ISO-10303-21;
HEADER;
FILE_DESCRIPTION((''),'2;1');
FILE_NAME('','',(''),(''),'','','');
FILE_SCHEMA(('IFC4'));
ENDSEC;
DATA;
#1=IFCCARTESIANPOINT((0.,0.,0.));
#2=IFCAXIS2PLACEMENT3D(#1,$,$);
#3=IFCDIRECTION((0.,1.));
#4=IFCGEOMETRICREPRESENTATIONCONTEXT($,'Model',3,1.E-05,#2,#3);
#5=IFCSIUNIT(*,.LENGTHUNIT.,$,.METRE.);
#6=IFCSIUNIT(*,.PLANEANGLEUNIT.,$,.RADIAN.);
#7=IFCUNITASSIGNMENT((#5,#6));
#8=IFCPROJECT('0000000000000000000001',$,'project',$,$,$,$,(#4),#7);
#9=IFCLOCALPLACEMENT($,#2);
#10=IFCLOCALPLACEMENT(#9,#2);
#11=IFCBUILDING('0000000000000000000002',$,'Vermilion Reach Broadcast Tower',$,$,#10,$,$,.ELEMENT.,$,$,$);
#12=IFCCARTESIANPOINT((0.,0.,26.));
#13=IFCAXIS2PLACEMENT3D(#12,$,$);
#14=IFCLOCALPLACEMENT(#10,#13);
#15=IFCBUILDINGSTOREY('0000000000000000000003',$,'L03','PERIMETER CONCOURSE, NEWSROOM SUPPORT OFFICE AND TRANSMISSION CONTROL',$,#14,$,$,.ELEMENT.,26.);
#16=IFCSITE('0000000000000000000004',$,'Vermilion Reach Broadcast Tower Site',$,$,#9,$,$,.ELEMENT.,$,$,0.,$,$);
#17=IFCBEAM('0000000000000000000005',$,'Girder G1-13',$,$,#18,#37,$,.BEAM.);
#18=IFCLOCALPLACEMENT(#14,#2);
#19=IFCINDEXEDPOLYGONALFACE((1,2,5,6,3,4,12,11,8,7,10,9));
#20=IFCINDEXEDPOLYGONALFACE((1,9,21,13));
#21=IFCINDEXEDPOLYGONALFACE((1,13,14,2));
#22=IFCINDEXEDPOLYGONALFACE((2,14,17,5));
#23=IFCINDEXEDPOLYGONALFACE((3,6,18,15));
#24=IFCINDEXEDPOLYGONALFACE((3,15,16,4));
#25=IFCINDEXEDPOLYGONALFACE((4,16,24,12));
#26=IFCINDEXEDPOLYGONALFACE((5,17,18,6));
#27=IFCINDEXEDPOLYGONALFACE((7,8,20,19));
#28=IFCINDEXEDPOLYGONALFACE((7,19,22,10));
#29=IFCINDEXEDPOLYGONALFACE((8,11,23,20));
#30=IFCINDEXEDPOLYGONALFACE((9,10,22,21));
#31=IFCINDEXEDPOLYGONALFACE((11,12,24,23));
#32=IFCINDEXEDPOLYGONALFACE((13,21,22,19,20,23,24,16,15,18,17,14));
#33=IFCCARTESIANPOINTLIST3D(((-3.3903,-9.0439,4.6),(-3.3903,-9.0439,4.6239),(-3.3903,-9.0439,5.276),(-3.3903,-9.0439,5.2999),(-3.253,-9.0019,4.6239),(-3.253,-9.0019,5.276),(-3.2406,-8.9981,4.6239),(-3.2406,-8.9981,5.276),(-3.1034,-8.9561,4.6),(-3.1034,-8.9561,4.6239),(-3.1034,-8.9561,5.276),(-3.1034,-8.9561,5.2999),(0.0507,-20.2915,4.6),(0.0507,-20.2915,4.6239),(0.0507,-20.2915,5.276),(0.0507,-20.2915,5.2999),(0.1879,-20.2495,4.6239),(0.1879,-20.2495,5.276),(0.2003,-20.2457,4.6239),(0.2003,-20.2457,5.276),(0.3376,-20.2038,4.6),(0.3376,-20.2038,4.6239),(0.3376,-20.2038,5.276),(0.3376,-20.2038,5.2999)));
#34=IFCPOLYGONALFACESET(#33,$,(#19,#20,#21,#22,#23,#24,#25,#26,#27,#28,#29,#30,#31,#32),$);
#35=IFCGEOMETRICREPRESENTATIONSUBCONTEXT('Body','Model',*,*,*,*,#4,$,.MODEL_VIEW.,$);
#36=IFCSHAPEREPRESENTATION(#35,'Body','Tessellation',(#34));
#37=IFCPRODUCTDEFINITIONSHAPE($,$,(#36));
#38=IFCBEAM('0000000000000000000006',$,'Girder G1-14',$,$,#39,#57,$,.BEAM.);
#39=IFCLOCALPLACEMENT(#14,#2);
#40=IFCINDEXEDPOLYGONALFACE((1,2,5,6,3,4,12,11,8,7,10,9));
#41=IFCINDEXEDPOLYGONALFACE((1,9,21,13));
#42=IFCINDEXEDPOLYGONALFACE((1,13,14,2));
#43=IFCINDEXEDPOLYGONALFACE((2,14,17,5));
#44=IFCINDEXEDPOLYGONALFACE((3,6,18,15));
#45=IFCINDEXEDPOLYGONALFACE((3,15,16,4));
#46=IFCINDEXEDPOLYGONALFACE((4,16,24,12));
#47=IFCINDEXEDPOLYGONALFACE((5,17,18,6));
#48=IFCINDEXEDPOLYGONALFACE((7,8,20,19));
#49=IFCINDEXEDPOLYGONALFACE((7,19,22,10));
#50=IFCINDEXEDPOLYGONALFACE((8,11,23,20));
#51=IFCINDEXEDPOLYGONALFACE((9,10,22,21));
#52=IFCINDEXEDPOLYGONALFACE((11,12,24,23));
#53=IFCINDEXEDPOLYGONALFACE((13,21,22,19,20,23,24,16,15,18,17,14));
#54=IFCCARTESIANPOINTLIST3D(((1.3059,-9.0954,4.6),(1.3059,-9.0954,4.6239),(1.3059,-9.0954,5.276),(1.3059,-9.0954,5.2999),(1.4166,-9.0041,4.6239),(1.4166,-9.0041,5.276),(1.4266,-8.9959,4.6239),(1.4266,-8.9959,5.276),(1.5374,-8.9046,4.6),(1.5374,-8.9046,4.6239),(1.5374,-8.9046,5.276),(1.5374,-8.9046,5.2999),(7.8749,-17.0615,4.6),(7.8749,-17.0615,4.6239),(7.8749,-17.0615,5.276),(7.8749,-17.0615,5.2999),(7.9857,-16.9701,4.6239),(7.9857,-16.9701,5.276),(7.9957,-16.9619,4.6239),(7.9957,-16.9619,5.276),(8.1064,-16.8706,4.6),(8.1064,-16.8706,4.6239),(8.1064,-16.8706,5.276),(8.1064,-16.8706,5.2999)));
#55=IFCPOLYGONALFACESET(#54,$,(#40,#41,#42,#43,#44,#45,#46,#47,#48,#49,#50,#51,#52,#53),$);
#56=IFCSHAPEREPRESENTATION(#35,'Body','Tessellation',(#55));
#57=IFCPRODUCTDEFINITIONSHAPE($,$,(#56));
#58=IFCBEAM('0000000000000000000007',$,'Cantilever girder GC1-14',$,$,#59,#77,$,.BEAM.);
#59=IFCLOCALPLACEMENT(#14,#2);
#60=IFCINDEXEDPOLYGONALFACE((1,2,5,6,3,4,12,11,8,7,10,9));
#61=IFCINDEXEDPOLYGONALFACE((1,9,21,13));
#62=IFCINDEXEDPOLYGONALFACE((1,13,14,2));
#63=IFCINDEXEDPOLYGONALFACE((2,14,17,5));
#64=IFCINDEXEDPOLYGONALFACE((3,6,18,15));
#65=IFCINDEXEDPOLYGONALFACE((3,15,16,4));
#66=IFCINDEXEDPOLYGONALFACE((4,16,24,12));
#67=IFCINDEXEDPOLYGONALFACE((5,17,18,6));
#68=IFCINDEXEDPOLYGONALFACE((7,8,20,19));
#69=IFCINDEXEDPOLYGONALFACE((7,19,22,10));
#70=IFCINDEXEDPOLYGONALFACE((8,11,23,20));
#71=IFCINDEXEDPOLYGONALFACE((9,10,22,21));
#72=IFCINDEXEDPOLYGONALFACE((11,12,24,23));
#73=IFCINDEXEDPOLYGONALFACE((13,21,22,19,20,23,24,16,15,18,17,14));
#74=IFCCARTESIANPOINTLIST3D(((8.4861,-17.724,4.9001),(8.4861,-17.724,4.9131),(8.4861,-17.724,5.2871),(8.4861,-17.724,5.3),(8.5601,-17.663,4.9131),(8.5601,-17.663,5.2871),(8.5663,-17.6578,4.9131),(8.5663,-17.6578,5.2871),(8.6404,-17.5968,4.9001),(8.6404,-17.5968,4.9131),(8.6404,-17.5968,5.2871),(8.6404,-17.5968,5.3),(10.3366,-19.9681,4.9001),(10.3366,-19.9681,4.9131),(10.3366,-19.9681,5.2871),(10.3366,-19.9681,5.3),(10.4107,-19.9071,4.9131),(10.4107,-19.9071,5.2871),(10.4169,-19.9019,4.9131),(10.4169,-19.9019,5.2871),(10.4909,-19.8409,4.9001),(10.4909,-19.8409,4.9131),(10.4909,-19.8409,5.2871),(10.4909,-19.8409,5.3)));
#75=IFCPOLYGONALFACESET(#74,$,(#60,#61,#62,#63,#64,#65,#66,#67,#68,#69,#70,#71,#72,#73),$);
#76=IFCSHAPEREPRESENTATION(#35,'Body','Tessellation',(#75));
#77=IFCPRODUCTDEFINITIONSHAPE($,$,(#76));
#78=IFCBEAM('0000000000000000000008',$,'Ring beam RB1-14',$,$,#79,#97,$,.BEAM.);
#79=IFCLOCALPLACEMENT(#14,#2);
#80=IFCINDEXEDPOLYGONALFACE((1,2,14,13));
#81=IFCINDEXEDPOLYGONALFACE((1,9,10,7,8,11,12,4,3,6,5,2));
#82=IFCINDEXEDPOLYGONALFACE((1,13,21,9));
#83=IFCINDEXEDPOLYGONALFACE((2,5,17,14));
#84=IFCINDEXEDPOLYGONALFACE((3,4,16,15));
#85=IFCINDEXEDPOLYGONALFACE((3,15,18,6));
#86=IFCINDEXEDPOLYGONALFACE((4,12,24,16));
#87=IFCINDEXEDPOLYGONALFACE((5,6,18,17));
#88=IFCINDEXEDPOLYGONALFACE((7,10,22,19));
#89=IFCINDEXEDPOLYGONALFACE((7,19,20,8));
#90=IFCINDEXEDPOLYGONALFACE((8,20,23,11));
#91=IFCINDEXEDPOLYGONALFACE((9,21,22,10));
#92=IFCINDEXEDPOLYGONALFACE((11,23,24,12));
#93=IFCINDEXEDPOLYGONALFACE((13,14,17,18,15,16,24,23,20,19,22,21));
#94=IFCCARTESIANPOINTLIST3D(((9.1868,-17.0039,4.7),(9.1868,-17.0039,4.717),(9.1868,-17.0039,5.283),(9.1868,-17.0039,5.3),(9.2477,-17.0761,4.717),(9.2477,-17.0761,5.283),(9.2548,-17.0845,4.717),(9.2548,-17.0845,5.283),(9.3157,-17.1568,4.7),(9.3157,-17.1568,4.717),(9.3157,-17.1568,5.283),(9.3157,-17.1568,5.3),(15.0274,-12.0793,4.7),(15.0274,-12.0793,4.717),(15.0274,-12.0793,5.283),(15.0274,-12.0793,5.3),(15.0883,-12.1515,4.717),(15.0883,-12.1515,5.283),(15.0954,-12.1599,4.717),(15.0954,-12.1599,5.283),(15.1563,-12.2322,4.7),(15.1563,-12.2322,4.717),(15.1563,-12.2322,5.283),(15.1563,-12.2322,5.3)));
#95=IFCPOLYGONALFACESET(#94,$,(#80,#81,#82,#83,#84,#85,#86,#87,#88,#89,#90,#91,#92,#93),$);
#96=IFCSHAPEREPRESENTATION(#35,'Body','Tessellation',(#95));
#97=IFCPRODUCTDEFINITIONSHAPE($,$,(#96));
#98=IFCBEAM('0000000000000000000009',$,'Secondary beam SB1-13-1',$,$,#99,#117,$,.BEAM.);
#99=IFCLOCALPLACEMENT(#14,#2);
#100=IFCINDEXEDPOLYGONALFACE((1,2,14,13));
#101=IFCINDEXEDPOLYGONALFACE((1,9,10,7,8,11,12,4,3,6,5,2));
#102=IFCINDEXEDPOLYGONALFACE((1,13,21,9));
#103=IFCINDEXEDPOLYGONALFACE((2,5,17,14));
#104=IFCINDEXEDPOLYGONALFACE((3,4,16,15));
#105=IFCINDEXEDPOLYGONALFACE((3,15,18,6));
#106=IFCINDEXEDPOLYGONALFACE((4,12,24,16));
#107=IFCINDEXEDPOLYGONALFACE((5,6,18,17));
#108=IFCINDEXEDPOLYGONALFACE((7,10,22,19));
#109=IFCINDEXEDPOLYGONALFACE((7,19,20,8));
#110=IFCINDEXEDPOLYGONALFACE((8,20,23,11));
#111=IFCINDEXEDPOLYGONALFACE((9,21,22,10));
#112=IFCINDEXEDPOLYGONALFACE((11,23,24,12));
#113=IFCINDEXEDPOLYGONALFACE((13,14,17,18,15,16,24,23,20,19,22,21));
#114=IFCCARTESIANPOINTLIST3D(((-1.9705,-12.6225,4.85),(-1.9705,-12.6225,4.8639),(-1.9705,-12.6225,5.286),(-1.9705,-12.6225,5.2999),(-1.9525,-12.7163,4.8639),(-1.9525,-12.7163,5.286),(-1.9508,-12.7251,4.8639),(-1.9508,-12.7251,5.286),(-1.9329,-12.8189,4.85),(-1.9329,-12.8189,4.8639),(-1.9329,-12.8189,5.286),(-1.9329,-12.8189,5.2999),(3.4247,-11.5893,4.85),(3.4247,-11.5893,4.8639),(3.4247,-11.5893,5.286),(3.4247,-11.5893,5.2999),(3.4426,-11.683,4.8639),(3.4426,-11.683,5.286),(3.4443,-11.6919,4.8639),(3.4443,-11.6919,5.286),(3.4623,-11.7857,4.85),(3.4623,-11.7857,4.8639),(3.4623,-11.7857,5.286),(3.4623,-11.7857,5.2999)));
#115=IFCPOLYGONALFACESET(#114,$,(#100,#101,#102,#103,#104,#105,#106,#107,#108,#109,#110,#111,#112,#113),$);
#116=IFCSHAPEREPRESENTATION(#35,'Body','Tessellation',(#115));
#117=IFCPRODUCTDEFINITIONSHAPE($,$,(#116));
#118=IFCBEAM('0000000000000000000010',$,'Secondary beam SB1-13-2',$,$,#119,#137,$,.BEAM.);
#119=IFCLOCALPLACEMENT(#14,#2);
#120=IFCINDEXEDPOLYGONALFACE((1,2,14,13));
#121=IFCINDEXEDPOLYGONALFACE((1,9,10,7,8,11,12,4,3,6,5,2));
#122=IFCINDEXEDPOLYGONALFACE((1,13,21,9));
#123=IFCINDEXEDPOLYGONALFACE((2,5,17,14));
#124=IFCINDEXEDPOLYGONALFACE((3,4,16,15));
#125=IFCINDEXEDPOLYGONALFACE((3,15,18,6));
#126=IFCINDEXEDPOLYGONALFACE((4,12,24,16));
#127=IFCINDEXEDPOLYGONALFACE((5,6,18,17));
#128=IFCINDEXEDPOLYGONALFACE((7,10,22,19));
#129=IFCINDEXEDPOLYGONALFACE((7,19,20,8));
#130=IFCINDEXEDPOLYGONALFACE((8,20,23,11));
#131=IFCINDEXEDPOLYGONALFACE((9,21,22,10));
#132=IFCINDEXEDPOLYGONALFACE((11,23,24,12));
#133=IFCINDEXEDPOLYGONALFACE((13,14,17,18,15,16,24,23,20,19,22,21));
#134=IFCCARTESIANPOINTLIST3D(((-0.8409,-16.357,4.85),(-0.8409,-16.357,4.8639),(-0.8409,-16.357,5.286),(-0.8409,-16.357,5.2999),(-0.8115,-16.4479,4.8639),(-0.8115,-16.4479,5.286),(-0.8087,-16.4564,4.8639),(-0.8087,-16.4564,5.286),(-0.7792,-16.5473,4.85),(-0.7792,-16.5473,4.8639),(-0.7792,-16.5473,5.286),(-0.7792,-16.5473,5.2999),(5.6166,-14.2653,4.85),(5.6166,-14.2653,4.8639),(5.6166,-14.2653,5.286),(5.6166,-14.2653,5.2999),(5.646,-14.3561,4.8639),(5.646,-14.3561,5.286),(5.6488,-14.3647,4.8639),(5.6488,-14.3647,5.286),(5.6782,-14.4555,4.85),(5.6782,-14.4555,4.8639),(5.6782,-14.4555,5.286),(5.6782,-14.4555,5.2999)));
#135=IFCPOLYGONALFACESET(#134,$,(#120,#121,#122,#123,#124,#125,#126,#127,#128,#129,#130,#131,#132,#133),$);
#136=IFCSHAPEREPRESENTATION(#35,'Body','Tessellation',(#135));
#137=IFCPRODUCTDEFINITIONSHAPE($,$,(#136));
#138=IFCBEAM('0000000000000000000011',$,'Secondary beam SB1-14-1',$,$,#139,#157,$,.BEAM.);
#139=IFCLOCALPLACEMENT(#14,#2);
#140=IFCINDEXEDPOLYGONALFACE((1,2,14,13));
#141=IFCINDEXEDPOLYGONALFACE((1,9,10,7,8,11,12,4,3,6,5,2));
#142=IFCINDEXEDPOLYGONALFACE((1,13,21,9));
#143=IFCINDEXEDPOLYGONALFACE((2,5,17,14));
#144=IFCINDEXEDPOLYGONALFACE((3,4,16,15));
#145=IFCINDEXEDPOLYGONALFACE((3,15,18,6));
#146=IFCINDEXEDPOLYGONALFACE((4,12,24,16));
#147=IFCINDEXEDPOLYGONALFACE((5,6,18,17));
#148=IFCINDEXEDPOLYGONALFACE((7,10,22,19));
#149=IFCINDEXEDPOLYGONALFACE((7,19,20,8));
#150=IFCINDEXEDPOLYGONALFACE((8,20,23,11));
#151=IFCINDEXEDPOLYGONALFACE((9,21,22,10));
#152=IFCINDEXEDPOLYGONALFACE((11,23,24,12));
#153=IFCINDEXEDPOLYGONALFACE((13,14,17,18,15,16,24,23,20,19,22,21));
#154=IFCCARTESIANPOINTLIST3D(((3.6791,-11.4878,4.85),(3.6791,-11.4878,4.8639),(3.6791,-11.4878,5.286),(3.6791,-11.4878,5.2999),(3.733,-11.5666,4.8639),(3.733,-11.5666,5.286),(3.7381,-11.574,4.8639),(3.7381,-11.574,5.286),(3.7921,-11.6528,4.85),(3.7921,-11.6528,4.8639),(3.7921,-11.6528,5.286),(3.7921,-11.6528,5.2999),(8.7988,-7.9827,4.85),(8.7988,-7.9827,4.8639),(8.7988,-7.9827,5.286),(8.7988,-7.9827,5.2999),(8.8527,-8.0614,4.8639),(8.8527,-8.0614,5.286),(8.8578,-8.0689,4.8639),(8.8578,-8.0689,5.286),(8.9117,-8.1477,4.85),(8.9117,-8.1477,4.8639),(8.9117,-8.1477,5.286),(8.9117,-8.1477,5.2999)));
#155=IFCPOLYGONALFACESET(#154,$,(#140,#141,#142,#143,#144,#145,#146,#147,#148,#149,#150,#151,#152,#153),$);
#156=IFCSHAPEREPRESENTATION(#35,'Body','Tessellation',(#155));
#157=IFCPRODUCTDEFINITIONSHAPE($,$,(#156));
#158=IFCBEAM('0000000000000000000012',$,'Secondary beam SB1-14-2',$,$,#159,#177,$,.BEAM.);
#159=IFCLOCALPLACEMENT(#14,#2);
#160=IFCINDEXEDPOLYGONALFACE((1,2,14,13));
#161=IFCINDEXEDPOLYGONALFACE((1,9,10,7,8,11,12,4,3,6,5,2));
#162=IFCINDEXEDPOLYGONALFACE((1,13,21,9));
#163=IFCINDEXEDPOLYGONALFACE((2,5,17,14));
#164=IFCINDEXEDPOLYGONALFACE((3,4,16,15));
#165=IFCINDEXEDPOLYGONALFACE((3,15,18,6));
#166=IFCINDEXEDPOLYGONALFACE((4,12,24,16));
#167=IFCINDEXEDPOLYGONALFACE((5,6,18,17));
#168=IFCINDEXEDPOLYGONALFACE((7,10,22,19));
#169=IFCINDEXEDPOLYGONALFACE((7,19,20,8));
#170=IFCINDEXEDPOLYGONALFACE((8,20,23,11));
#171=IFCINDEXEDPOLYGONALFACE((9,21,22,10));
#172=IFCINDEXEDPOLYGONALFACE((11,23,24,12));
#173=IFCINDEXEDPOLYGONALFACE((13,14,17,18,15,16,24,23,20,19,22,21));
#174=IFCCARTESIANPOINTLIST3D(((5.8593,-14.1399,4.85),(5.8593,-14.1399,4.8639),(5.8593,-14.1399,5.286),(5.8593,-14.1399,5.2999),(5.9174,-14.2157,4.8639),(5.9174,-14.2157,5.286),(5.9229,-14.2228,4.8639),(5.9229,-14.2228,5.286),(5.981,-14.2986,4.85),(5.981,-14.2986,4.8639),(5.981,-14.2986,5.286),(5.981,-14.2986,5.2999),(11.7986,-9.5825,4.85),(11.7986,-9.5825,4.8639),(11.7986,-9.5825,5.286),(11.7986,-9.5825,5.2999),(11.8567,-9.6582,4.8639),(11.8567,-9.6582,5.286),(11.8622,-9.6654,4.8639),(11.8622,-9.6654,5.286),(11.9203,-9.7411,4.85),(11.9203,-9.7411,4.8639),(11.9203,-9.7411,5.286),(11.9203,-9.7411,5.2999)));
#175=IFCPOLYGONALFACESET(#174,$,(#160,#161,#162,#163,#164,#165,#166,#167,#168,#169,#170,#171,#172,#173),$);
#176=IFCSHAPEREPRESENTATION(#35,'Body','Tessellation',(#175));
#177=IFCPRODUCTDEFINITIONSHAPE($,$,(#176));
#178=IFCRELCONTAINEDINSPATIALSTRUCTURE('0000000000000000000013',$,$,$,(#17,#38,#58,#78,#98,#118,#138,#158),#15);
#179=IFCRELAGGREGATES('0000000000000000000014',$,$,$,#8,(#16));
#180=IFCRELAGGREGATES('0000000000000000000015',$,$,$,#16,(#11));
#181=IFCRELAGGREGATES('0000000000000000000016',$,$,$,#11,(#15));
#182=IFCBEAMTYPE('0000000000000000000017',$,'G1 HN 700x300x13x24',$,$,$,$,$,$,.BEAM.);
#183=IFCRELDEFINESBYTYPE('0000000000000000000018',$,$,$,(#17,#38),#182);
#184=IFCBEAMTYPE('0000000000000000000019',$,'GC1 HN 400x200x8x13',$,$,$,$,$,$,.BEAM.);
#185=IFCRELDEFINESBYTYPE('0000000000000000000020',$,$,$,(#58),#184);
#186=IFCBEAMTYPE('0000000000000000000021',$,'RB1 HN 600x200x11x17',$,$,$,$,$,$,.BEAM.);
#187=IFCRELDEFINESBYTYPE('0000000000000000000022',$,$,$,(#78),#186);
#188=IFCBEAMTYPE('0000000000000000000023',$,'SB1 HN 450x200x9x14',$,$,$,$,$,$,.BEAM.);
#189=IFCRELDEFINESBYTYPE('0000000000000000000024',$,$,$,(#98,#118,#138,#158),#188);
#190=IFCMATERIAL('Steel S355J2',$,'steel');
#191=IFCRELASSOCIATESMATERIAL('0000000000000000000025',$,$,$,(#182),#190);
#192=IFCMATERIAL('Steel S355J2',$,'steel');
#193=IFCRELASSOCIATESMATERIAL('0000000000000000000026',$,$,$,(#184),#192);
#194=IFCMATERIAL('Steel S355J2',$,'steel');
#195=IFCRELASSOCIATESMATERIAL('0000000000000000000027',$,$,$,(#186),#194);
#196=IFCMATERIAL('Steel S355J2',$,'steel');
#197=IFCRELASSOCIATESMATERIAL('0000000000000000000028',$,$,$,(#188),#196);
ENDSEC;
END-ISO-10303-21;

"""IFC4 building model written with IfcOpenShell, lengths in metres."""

from ifc_helpers import new_model, si_unit, direction, frame, origin, origin_2d, place, context, subcontext, project, spatial, i_section, extrude, material, material_profile, profile_set, type_object, element, save


model = new_model("IFC4")

# Units and contexts
model_context = context("Model", 3, precision=1e-05, world=origin(), true_north=direction((0.0, 1.0)))
body_context = subcontext(model_context, "Body", "Model", "MODEL_VIEW")
ifc_project = project(units=[si_unit("LENGTHUNIT", "METRE"), si_unit("PLANEANGLEUNIT", "RADIAN")], contexts=[model_context])

# Site, building, storey
site_placement = place(None, origin())
site = spatial("IfcSite", under=ifc_project, at=site_placement, Name="Vermilion Reach Broadcast Tower Site", CompositionType="ELEMENT", RefElevation=0.0)
building_placement = place(site_placement, origin())
building = spatial("IfcBuilding", under=site, at=building_placement, Name="Vermilion Reach Broadcast Tower", CompositionType="ELEMENT")
storey_placement = place(building_placement, frame((0.0, 0.0, 26.0)))
storey = spatial("IfcBuildingStorey", under=building, at=storey_placement, Name="L03", Description="PERIMETER CONCOURSE, NEWSROOM SUPPORT OFFICE AND TRANSMISSION CONTROL", CompositionType="ELEMENT", Elevation=26.0)

# Beams
ifc_material_1 = material(Name="Steel S355J2", Category="steel")
ifc_material_profile_1 = material_profile(ifc_material_1, i_section(OverallWidth=0.3, OverallDepth=0.7, WebThickness=0.0129, FlangeThickness=0.0239, at=origin_2d()), Name="S355J2 HN 700x300x13x24")
ifc_profile_set_1 = profile_set([ifc_material_profile_1], Name="Steel S355J2")
beam_type_1 = type_object("IfcBeamType", Name="G1 HN 700x300x13x24", PredefinedType="BEAM", material=ifc_profile_set_1)
beam_1_placement = place(storey_placement, frame((-3.2468, -9.0, 4.95), z_axis=(0.292542, -0.956253, 0.0), x_axis=(0.956253, 0.292542, 0.0)))
element("IfcBeam", 1, at=beam_1_placement, inside=storey, type_object=beam_type_1, Name="Girder G1-13", PredefinedType="BEAM", context=body_context, shape_type="SweptSolid", body=[
    extrude(i_section(OverallWidth=0.3, OverallDepth=0.7, WebThickness=0.0129, FlangeThickness=0.0239, at=origin_2d()), origin(), (0.0, 0.0, 1.0), 11.7622),
])
beam_2_placement = place(storey_placement, frame((1.4216, -9.0, 4.95), z_axis=(0.636215, -0.771512, 0.0), x_axis=(0.771512, 0.636215, 0.0)))
element("IfcBeam", 2, at=beam_2_placement, inside=storey, type_object=beam_type_1, Name="Girder G1-14", PredefinedType="BEAM", context=body_context, shape_type="SweptSolid", body=[
    extrude(i_section(OverallWidth=0.3, OverallDepth=0.7, WebThickness=0.0129, FlangeThickness=0.0239, at=origin_2d()), origin(), (0.0, 0.0, 1.0), 10.3252),
])
ifc_material_2 = material(Name="Steel S355J2", Category="steel")
ifc_material_profile_2 = material_profile(ifc_material_2, i_section(OverallWidth=0.2, OverallDepth=0.3999, WebThickness=0.0081, FlangeThickness=0.0129, at=origin_2d()), Name="S355J2 HN 400x200x8x13")
ifc_profile_set_2 = profile_set([ifc_material_profile_2], Name="Steel S355J2")
beam_type_2 = type_object("IfcBeamType", Name="GC1 HN 400x200x8x13", PredefinedType="BEAM", material=ifc_profile_set_2)
beam_3_placement = place(storey_placement, frame((8.5632, -17.6604, 5.1001), z_axis=(0.636213, -0.771513, 0.0), x_axis=(0.771513, 0.636213, 0.0)))
element("IfcBeam", 3, at=beam_3_placement, inside=storey, type_object=beam_type_2, Name="Cantilever girder GC1-14", PredefinedType="BEAM", context=body_context, shape_type="SweptSolid", body=[
    extrude(i_section(OverallWidth=0.2, OverallDepth=0.3999, WebThickness=0.0081, FlangeThickness=0.0129, at=origin_2d()), origin(), (0.0, 0.0, 1.0), 2.9087),
])
ifc_material_3 = material(Name="Steel S355J2", Category="steel")
ifc_material_profile_3 = material_profile(ifc_material_3, i_section(OverallWidth=0.2, OverallDepth=0.6001, WebThickness=0.011, FlangeThickness=0.0171, at=origin_2d()), Name="S355J2 HN 600x200x11x17")
ifc_profile_set_3 = profile_set([ifc_material_profile_3], Name="Steel S355J2")
beam_type_3 = type_object("IfcBeamType", Name="RB1 HN 600x200x11x17", PredefinedType="BEAM", material=ifc_profile_set_3)
beam_4_placement = place(storey_placement, frame((9.2512, -17.0803, 5.0), z_axis=(0.764512, 0.644609, 0.0), x_axis=(-0.644609, 0.764512, 0.0)))
element("IfcBeam", 4, at=beam_4_placement, inside=storey, type_object=beam_type_3, Name="Ring beam RB1-14", PredefinedType="BEAM", context=body_context, shape_type="SweptSolid", body=[
    extrude(i_section(OverallWidth=0.2, OverallDepth=0.6001, WebThickness=0.011, FlangeThickness=0.0171, at=origin_2d()), origin(), (0.0, 0.0, 1.0), 7.6396),
])
ifc_material_4 = material(Name="Steel S355J2", Category="steel")
ifc_material_profile_4 = material_profile(ifc_material_4, i_section(OverallWidth=0.2, OverallDepth=0.45, WebThickness=0.009, FlangeThickness=0.0139, at=origin_2d()), Name="S355J2 HN 450x200x9x14")
ifc_profile_set_4 = profile_set([ifc_material_profile_4], Name="Steel S355J2")
beam_type_4 = type_object("IfcBeamType", Name="SB1 HN 450x200x9x14", PredefinedType="BEAM", material=ifc_profile_set_4)
beam_5_placement = place(storey_placement, frame((-1.9517, -12.7207, 5.075), z_axis=(0.982151, 0.188092, 0.0), x_axis=(-0.188092, 0.982151, 0.0)))
element("IfcBeam", 5, at=beam_5_placement, inside=storey, type_object=beam_type_4, Name="Secondary beam SB1-13-1", PredefinedType="BEAM", context=body_context, shape_type="SweptSolid", body=[
    extrude(i_section(OverallWidth=0.2, OverallDepth=0.45, WebThickness=0.009, FlangeThickness=0.0139, at=origin_2d()), origin(), (0.0, 0.0, 1.0), 5.4932),
])
beam_6_placement = place(storey_placement, frame((-0.8101, -16.4521, 5.075), z_axis=(0.951332, 0.308167, 0.0), x_axis=(-0.308167, 0.951332, 0.0)))
element("IfcBeam", 6, at=beam_6_placement, inside=storey, type_object=beam_type_4, Name="Secondary beam SB1-13-2", PredefinedType="BEAM", context=body_context, shape_type="SweptSolid", body=[
    extrude(i_section(OverallWidth=0.2, OverallDepth=0.45, WebThickness=0.009, FlangeThickness=0.0139, at=origin_2d()), origin(), (0.0, 0.0, 1.0), 6.7878),
])
beam_7_placement = place(storey_placement, frame((3.7356, -11.5703, 5.075), z_axis=(0.82514, 0.564928, 0.0), x_axis=(-0.564928, 0.82514, 0.0)))
element("IfcBeam", 7, at=beam_7_placement, inside=storey, type_object=beam_type_4, Name="Secondary beam SB1-14-1", PredefinedType="BEAM", context=body_context, shape_type="SweptSolid", body=[
    extrude(i_section(OverallWidth=0.2, OverallDepth=0.45, WebThickness=0.009, FlangeThickness=0.0139, at=origin_2d()), origin(), (0.0, 0.0, 1.0), 6.2046),
])
beam_8_placement = place(storey_placement, frame((5.9202, -14.2192, 5.075), z_axis=(0.79335, 0.608766, 0.0), x_axis=(-0.608766, 0.79335, 0.0)))
element("IfcBeam", 8, at=beam_8_placement, inside=storey, type_object=beam_type_4, Name="Secondary beam SB1-14-2", PredefinedType="BEAM", context=body_context, shape_type="SweptSolid", body=[
    extrude(i_section(OverallWidth=0.2, OverallDepth=0.45, WebThickness=0.009, FlangeThickness=0.0139, at=origin_2d()), origin(), (0.0, 0.0, 1.0), 7.4863),
])

save(model, "model.ifc")
